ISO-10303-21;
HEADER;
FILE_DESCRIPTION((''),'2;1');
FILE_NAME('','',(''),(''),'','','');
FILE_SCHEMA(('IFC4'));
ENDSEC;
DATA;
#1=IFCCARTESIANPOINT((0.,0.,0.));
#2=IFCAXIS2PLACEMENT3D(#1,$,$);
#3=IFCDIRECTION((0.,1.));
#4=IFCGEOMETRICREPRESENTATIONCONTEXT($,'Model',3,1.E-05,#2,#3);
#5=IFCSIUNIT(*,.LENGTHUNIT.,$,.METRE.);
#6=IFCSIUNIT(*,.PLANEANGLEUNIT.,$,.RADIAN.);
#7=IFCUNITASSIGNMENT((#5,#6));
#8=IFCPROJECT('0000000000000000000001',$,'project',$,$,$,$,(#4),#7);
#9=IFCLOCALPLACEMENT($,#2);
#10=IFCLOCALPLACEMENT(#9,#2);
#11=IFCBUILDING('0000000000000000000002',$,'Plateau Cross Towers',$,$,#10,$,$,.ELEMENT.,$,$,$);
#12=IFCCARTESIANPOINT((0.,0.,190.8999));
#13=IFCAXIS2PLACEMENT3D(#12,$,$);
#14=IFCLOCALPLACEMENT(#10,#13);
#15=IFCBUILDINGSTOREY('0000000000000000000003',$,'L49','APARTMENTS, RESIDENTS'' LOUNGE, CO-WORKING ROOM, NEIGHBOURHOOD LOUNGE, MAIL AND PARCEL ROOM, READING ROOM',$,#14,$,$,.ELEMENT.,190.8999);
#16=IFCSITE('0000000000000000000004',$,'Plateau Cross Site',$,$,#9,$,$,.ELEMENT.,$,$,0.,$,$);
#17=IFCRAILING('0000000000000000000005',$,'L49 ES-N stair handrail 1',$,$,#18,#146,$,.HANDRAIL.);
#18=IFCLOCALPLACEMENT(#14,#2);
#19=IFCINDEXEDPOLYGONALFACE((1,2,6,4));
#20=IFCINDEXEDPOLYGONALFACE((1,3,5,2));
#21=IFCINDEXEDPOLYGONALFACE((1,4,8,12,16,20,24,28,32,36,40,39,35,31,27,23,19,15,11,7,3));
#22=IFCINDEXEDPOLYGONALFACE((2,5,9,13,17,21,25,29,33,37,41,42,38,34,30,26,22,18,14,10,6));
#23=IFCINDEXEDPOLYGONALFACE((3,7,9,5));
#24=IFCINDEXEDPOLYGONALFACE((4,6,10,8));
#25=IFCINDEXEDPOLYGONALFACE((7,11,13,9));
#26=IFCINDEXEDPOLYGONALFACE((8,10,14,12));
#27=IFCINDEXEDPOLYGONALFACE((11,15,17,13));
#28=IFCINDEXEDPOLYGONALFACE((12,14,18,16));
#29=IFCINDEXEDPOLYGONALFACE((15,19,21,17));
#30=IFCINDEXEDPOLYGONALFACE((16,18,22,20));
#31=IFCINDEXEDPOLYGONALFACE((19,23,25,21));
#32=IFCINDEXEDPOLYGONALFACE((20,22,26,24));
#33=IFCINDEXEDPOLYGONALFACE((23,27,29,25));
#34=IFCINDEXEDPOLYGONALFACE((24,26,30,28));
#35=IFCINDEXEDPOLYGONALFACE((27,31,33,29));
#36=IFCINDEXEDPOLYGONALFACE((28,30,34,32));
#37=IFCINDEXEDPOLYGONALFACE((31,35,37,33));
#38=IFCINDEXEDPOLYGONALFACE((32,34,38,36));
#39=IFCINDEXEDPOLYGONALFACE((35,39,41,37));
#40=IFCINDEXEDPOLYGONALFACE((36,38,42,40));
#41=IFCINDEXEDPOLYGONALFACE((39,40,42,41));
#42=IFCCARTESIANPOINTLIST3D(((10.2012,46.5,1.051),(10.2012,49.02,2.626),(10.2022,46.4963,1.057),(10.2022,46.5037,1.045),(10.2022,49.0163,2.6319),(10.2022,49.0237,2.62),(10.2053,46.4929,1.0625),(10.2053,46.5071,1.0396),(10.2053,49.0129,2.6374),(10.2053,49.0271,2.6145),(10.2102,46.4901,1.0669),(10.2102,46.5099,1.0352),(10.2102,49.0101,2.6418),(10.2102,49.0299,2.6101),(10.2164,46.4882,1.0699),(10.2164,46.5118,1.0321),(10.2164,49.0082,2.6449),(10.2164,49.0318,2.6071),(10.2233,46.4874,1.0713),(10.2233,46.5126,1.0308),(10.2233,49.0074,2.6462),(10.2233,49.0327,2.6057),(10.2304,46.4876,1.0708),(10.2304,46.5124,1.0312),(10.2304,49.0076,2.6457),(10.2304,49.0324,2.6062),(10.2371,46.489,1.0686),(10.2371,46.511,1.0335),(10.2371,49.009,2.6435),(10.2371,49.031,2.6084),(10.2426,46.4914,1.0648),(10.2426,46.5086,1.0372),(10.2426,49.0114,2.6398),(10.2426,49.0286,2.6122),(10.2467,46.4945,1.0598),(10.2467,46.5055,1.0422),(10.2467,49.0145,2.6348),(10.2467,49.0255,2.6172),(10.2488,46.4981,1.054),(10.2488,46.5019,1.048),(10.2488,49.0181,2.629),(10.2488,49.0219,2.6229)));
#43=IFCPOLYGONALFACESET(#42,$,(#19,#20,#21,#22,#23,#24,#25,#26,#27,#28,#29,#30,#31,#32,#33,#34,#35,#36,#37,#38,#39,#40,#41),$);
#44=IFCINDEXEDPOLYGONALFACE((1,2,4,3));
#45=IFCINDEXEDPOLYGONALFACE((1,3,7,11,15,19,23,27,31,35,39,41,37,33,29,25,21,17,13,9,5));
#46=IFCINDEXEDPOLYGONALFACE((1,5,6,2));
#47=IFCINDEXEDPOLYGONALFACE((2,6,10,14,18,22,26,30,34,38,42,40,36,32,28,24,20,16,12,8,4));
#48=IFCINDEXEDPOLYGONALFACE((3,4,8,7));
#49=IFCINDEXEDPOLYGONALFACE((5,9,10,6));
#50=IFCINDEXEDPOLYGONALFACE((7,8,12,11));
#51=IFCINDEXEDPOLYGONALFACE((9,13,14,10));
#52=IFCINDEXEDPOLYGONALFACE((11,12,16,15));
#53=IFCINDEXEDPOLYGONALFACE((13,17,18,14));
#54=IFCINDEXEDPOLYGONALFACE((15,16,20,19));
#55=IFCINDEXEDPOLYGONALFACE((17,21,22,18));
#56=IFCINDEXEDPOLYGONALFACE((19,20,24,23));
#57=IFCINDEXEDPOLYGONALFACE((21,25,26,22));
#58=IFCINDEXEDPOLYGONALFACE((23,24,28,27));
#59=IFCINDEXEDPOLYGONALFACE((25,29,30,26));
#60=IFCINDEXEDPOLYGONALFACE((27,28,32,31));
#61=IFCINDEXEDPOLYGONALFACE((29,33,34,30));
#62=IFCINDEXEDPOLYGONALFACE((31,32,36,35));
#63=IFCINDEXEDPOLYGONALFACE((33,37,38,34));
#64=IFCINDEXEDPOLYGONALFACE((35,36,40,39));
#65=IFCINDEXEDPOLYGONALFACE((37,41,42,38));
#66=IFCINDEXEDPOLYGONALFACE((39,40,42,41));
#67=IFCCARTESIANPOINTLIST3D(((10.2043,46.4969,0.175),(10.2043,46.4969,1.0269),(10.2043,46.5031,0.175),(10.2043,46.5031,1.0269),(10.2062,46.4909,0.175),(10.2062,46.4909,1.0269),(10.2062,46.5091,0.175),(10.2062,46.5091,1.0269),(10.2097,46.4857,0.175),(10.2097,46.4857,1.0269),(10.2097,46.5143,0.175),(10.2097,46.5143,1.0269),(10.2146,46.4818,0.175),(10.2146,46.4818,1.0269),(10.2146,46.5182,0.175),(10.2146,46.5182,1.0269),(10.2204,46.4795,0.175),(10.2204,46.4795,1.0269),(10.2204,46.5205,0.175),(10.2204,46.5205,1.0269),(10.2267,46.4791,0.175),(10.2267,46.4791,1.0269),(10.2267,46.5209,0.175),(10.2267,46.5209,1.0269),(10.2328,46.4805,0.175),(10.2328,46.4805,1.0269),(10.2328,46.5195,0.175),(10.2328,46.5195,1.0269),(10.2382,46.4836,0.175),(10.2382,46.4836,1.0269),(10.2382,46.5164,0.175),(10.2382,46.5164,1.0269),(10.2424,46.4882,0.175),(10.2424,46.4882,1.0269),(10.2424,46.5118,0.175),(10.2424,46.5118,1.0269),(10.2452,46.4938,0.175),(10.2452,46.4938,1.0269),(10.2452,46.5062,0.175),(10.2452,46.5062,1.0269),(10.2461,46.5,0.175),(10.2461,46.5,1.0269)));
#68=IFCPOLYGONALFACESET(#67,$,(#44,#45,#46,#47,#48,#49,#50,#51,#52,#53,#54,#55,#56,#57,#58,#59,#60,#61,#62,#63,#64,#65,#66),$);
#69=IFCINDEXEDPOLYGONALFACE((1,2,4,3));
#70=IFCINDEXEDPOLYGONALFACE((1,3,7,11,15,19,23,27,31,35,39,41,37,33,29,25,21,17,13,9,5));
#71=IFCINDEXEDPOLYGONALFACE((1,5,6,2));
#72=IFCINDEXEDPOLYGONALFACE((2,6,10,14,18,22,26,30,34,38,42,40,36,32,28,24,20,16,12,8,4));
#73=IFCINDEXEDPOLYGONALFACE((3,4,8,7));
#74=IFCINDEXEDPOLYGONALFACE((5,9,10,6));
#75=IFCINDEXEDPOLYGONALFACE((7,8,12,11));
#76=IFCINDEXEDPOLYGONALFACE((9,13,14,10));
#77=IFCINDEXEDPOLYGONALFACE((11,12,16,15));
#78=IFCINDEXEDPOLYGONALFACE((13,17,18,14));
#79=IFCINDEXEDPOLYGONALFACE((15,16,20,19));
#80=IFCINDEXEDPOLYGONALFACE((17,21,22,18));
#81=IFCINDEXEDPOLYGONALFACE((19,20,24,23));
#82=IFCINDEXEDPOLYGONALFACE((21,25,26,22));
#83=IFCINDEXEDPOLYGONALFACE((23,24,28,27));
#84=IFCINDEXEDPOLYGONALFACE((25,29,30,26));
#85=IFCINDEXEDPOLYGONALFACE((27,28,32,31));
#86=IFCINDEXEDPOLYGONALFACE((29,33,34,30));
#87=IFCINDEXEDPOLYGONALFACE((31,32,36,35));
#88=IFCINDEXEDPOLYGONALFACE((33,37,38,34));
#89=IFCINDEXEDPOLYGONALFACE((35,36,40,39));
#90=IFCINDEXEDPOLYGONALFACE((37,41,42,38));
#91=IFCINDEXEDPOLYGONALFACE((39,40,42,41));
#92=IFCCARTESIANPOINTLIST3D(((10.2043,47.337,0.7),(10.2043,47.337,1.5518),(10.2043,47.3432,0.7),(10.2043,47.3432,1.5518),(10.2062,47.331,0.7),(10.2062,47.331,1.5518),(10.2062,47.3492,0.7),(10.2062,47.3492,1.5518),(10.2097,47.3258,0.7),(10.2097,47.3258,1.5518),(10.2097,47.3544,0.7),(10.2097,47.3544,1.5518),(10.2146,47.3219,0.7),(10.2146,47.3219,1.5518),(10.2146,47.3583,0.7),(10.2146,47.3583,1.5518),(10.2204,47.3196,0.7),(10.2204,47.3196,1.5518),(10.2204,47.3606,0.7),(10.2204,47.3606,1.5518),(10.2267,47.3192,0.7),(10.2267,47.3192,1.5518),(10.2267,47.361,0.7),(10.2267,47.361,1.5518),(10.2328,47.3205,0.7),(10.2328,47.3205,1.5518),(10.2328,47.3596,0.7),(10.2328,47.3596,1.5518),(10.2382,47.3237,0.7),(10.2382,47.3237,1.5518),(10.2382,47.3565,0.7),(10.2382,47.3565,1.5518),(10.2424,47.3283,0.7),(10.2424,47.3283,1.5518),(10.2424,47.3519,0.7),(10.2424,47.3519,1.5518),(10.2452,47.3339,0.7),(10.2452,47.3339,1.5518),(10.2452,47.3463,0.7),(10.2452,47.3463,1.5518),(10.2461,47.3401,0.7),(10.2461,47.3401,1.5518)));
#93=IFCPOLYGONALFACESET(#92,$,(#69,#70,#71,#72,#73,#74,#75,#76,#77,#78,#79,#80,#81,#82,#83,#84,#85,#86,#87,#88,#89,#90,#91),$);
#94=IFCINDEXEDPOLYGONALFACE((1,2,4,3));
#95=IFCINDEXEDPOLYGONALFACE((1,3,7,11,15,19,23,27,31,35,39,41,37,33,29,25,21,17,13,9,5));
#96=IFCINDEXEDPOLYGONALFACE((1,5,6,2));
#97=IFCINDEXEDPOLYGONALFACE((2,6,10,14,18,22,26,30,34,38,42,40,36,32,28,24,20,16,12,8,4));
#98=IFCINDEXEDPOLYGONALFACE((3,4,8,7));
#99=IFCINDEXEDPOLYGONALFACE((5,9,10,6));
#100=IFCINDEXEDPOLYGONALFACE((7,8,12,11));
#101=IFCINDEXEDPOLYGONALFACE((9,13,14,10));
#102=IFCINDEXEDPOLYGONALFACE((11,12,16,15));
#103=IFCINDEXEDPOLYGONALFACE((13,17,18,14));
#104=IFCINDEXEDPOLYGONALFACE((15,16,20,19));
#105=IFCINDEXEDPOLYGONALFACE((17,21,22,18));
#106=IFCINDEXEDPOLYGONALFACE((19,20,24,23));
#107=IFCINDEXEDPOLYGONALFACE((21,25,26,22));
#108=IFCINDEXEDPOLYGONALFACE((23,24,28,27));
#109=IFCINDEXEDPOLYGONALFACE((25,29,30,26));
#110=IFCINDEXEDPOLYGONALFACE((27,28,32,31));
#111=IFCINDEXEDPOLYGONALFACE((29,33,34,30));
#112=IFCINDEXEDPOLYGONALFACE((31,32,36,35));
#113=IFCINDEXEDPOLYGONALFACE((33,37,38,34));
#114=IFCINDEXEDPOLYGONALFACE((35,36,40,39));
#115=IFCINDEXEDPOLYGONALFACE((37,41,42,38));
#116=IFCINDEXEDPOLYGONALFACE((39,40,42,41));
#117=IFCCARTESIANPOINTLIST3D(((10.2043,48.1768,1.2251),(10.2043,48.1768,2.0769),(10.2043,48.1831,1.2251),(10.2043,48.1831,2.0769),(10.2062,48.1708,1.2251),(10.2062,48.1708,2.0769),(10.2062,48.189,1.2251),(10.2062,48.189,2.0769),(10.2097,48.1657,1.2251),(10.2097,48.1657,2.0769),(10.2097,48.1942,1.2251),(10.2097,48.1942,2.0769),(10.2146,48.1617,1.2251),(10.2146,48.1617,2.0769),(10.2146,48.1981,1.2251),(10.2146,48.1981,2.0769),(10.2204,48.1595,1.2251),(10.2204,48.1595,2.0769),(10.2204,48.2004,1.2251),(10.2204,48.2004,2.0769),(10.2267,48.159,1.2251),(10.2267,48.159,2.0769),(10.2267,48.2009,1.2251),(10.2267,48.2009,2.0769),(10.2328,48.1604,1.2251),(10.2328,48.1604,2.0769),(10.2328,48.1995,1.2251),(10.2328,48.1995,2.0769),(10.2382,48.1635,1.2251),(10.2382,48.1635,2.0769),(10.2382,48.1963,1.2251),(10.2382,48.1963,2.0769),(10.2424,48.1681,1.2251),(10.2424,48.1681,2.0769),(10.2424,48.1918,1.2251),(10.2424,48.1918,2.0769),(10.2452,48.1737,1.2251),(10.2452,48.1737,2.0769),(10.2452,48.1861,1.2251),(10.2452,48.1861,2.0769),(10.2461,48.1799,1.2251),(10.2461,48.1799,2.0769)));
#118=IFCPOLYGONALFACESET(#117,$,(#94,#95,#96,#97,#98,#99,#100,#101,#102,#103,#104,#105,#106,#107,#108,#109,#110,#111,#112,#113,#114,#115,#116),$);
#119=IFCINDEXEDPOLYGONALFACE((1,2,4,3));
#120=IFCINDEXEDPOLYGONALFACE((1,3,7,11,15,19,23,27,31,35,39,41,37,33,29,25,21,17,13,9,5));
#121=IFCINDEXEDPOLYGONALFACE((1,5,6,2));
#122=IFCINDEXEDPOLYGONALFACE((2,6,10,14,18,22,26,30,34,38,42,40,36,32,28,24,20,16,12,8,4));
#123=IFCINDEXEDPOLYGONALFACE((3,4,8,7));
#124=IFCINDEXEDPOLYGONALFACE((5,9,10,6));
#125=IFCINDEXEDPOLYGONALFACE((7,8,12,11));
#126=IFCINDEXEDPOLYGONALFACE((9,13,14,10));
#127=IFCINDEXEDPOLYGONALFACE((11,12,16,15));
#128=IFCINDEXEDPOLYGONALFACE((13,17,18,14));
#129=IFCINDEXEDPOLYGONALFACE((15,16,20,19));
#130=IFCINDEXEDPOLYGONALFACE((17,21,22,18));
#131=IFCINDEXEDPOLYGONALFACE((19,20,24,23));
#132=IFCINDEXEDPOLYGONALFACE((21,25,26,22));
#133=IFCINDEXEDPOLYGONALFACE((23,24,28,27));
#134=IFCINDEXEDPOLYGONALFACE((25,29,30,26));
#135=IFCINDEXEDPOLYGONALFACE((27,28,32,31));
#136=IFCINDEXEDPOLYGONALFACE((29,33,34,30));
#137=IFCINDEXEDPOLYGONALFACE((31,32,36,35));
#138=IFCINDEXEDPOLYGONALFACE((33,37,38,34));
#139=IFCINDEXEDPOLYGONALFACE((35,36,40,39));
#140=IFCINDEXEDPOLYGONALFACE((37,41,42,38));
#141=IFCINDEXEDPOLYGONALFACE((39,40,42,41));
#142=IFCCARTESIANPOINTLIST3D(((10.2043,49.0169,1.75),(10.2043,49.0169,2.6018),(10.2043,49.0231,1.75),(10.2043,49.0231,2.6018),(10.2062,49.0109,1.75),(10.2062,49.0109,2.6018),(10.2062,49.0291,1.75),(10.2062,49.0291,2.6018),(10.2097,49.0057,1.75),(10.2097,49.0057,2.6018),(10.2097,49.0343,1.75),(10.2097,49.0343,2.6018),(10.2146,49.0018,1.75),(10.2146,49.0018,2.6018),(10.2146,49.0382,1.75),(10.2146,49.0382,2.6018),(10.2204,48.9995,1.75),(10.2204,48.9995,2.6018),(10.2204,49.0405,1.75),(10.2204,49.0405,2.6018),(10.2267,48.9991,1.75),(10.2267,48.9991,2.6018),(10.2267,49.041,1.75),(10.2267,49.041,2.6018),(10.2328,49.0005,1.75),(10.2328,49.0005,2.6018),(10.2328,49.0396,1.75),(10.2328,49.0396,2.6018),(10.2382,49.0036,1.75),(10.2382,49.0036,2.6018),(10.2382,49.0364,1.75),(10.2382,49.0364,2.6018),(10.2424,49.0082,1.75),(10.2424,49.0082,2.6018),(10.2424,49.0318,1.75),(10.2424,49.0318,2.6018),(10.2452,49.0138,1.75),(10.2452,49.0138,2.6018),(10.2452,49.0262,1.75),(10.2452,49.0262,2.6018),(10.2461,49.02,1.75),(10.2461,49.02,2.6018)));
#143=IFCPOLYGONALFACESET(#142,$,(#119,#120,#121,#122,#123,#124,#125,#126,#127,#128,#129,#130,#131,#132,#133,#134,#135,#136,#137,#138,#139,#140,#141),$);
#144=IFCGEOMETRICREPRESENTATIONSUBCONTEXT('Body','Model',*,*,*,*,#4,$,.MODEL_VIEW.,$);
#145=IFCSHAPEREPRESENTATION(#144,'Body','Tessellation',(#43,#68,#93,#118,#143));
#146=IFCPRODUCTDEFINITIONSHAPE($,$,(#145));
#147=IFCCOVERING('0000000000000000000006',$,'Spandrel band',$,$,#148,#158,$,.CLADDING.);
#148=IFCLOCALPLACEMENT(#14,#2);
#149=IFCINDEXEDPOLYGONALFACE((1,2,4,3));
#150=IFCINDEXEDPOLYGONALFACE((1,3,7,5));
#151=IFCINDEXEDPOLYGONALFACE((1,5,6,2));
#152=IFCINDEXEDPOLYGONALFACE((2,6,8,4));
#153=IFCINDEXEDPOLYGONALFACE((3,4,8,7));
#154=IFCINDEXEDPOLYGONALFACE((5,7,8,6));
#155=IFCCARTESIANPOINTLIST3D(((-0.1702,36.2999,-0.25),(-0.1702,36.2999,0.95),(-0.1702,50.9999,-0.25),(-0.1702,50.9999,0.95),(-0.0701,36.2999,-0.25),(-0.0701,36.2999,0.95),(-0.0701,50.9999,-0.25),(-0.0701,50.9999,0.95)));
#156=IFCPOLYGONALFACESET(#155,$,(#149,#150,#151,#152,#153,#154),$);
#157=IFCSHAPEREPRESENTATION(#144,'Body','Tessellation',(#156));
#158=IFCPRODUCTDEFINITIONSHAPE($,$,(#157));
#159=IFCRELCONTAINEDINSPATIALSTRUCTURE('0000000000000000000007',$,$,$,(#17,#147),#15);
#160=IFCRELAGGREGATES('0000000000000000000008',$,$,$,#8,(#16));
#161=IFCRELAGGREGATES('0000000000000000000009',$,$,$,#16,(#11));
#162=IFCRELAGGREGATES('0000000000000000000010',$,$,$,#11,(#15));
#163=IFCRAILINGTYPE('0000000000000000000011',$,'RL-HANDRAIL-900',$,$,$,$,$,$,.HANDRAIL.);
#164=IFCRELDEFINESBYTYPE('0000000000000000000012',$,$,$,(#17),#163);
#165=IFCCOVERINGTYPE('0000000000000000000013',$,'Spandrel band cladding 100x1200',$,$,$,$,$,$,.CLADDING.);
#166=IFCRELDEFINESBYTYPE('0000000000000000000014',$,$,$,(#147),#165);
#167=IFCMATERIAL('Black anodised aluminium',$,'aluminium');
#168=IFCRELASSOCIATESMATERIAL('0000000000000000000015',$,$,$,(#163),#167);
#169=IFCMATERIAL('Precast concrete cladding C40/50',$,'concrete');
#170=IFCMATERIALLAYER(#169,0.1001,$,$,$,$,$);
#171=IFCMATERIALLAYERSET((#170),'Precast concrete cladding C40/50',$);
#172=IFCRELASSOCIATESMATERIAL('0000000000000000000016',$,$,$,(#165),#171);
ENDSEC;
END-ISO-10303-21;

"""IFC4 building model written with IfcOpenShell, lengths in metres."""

from ifc_helpers import new_model, si_unit, direction, frame, origin, origin_2d, place, context, subcontext, project, spatial, rectangle, circle, extrude, material, layer, layer_set, type_object, element, save


model = new_model("IFC4")

# Units and contexts
model_context = context("Model", 3, precision=1e-05, world=origin(), true_north=direction((0.0, 1.0)))
body_context = subcontext(model_context, "Body", "Model", "MODEL_VIEW")
ifc_project = project(units=[si_unit("LENGTHUNIT", "METRE"), si_unit("PLANEANGLEUNIT", "RADIAN")], contexts=[model_context])

# Site, building, storey
site_placement = place(None, origin())
site = spatial("IfcSite", under=ifc_project, at=site_placement, Name="Plateau Cross Site", CompositionType="ELEMENT", RefElevation=0.0)
building_placement = place(site_placement, origin())
building = spatial("IfcBuilding", under=site, at=building_placement, Name="Plateau Cross Towers", CompositionType="ELEMENT")
storey_placement = place(building_placement, frame((0.0, 0.0, 190.8999)))
storey = spatial("IfcBuildingStorey", under=building, at=storey_placement, Name="L49", Description="APARTMENTS, RESIDENTS' LOUNGE, CO-WORKING ROOM, NEIGHBOURHOOD LOUNGE, MAIL AND PARCEL ROOM, READING ROOM", CompositionType="ELEMENT", Elevation=190.8999)

# Shared definitions
ifc_material_1 = material(Name="Black anodised aluminium", Category="aluminium")

# Railing
railing_type_1 = type_object("IfcRailingType", Name="RL-HANDRAIL-900", PredefinedType="HANDRAIL", material=ifc_material_1)
railing_1_placement = place(storey_placement, frame((10.2251, 46.5, 0.175)))
element("IfcRailing", 1, at=railing_1_placement, inside=storey, type_object=railing_type_1, Name="L49 ES-N stair handrail 1", PredefinedType="HANDRAIL", context=body_context, shape_type="SweptSolid", body=[
    extrude(circle(Radius=0.0239, at=origin_2d()), frame((0.0, 0.0, 0.876), z_axis=(0.0, 0.848008, 0.529984), x_axis=(-1.0, 0.0, 0.0)), (0.0, 0.0, 1.0), 2.9717),
    extrude(circle(Radius=0.021, at=origin_2d()), origin(), (0.0, 0.0, 1.0), 0.8518),
    extrude(circle(Radius=0.021, at=origin_2d()), frame((0.0, 0.8401, 0.5249)), (0.0, 0.0, 1.0), 0.8518),
    extrude(circle(Radius=0.021, at=origin_2d()), frame((0.0, 1.6799, 1.05)), (0.0, 0.0, 1.0), 0.8518),
    extrude(circle(Radius=0.021, at=origin_2d()), frame((0.0, 2.52, 1.575)), (0.0, 0.0, 1.0), 0.8518),
])

# Covering
ifc_material_2 = material(Name="Precast concrete cladding C40/50", Category="concrete")
ifc_layer_1 = layer(ifc_material_2, 0.1001)
ifc_layer_set_1 = layer_set([ifc_layer_1], Name="Precast concrete cladding C40/50")
covering_type = type_object("IfcCoveringType", Name="Spandrel band cladding 100x1200", PredefinedType="CLADDING", material=ifc_layer_set_1)
covering_placement = place(storey_placement, frame((-0.1201, 43.6499, -0.25), z_axis=(0.0, 0.0, 1.0), x_axis=(0.0, -1.0, 0.0)))
element("IfcCovering", 2, at=covering_placement, inside=storey, type_object=covering_type, Name="Spandrel band", PredefinedType="CLADDING", context=body_context, shape_type="SweptSolid", body=[
    extrude(rectangle(XDim=14.7, YDim=0.1001, at=origin_2d()), origin(), (0.0, 0.0, 1.0), 1.2),
])

save(model, "model.ifc")
